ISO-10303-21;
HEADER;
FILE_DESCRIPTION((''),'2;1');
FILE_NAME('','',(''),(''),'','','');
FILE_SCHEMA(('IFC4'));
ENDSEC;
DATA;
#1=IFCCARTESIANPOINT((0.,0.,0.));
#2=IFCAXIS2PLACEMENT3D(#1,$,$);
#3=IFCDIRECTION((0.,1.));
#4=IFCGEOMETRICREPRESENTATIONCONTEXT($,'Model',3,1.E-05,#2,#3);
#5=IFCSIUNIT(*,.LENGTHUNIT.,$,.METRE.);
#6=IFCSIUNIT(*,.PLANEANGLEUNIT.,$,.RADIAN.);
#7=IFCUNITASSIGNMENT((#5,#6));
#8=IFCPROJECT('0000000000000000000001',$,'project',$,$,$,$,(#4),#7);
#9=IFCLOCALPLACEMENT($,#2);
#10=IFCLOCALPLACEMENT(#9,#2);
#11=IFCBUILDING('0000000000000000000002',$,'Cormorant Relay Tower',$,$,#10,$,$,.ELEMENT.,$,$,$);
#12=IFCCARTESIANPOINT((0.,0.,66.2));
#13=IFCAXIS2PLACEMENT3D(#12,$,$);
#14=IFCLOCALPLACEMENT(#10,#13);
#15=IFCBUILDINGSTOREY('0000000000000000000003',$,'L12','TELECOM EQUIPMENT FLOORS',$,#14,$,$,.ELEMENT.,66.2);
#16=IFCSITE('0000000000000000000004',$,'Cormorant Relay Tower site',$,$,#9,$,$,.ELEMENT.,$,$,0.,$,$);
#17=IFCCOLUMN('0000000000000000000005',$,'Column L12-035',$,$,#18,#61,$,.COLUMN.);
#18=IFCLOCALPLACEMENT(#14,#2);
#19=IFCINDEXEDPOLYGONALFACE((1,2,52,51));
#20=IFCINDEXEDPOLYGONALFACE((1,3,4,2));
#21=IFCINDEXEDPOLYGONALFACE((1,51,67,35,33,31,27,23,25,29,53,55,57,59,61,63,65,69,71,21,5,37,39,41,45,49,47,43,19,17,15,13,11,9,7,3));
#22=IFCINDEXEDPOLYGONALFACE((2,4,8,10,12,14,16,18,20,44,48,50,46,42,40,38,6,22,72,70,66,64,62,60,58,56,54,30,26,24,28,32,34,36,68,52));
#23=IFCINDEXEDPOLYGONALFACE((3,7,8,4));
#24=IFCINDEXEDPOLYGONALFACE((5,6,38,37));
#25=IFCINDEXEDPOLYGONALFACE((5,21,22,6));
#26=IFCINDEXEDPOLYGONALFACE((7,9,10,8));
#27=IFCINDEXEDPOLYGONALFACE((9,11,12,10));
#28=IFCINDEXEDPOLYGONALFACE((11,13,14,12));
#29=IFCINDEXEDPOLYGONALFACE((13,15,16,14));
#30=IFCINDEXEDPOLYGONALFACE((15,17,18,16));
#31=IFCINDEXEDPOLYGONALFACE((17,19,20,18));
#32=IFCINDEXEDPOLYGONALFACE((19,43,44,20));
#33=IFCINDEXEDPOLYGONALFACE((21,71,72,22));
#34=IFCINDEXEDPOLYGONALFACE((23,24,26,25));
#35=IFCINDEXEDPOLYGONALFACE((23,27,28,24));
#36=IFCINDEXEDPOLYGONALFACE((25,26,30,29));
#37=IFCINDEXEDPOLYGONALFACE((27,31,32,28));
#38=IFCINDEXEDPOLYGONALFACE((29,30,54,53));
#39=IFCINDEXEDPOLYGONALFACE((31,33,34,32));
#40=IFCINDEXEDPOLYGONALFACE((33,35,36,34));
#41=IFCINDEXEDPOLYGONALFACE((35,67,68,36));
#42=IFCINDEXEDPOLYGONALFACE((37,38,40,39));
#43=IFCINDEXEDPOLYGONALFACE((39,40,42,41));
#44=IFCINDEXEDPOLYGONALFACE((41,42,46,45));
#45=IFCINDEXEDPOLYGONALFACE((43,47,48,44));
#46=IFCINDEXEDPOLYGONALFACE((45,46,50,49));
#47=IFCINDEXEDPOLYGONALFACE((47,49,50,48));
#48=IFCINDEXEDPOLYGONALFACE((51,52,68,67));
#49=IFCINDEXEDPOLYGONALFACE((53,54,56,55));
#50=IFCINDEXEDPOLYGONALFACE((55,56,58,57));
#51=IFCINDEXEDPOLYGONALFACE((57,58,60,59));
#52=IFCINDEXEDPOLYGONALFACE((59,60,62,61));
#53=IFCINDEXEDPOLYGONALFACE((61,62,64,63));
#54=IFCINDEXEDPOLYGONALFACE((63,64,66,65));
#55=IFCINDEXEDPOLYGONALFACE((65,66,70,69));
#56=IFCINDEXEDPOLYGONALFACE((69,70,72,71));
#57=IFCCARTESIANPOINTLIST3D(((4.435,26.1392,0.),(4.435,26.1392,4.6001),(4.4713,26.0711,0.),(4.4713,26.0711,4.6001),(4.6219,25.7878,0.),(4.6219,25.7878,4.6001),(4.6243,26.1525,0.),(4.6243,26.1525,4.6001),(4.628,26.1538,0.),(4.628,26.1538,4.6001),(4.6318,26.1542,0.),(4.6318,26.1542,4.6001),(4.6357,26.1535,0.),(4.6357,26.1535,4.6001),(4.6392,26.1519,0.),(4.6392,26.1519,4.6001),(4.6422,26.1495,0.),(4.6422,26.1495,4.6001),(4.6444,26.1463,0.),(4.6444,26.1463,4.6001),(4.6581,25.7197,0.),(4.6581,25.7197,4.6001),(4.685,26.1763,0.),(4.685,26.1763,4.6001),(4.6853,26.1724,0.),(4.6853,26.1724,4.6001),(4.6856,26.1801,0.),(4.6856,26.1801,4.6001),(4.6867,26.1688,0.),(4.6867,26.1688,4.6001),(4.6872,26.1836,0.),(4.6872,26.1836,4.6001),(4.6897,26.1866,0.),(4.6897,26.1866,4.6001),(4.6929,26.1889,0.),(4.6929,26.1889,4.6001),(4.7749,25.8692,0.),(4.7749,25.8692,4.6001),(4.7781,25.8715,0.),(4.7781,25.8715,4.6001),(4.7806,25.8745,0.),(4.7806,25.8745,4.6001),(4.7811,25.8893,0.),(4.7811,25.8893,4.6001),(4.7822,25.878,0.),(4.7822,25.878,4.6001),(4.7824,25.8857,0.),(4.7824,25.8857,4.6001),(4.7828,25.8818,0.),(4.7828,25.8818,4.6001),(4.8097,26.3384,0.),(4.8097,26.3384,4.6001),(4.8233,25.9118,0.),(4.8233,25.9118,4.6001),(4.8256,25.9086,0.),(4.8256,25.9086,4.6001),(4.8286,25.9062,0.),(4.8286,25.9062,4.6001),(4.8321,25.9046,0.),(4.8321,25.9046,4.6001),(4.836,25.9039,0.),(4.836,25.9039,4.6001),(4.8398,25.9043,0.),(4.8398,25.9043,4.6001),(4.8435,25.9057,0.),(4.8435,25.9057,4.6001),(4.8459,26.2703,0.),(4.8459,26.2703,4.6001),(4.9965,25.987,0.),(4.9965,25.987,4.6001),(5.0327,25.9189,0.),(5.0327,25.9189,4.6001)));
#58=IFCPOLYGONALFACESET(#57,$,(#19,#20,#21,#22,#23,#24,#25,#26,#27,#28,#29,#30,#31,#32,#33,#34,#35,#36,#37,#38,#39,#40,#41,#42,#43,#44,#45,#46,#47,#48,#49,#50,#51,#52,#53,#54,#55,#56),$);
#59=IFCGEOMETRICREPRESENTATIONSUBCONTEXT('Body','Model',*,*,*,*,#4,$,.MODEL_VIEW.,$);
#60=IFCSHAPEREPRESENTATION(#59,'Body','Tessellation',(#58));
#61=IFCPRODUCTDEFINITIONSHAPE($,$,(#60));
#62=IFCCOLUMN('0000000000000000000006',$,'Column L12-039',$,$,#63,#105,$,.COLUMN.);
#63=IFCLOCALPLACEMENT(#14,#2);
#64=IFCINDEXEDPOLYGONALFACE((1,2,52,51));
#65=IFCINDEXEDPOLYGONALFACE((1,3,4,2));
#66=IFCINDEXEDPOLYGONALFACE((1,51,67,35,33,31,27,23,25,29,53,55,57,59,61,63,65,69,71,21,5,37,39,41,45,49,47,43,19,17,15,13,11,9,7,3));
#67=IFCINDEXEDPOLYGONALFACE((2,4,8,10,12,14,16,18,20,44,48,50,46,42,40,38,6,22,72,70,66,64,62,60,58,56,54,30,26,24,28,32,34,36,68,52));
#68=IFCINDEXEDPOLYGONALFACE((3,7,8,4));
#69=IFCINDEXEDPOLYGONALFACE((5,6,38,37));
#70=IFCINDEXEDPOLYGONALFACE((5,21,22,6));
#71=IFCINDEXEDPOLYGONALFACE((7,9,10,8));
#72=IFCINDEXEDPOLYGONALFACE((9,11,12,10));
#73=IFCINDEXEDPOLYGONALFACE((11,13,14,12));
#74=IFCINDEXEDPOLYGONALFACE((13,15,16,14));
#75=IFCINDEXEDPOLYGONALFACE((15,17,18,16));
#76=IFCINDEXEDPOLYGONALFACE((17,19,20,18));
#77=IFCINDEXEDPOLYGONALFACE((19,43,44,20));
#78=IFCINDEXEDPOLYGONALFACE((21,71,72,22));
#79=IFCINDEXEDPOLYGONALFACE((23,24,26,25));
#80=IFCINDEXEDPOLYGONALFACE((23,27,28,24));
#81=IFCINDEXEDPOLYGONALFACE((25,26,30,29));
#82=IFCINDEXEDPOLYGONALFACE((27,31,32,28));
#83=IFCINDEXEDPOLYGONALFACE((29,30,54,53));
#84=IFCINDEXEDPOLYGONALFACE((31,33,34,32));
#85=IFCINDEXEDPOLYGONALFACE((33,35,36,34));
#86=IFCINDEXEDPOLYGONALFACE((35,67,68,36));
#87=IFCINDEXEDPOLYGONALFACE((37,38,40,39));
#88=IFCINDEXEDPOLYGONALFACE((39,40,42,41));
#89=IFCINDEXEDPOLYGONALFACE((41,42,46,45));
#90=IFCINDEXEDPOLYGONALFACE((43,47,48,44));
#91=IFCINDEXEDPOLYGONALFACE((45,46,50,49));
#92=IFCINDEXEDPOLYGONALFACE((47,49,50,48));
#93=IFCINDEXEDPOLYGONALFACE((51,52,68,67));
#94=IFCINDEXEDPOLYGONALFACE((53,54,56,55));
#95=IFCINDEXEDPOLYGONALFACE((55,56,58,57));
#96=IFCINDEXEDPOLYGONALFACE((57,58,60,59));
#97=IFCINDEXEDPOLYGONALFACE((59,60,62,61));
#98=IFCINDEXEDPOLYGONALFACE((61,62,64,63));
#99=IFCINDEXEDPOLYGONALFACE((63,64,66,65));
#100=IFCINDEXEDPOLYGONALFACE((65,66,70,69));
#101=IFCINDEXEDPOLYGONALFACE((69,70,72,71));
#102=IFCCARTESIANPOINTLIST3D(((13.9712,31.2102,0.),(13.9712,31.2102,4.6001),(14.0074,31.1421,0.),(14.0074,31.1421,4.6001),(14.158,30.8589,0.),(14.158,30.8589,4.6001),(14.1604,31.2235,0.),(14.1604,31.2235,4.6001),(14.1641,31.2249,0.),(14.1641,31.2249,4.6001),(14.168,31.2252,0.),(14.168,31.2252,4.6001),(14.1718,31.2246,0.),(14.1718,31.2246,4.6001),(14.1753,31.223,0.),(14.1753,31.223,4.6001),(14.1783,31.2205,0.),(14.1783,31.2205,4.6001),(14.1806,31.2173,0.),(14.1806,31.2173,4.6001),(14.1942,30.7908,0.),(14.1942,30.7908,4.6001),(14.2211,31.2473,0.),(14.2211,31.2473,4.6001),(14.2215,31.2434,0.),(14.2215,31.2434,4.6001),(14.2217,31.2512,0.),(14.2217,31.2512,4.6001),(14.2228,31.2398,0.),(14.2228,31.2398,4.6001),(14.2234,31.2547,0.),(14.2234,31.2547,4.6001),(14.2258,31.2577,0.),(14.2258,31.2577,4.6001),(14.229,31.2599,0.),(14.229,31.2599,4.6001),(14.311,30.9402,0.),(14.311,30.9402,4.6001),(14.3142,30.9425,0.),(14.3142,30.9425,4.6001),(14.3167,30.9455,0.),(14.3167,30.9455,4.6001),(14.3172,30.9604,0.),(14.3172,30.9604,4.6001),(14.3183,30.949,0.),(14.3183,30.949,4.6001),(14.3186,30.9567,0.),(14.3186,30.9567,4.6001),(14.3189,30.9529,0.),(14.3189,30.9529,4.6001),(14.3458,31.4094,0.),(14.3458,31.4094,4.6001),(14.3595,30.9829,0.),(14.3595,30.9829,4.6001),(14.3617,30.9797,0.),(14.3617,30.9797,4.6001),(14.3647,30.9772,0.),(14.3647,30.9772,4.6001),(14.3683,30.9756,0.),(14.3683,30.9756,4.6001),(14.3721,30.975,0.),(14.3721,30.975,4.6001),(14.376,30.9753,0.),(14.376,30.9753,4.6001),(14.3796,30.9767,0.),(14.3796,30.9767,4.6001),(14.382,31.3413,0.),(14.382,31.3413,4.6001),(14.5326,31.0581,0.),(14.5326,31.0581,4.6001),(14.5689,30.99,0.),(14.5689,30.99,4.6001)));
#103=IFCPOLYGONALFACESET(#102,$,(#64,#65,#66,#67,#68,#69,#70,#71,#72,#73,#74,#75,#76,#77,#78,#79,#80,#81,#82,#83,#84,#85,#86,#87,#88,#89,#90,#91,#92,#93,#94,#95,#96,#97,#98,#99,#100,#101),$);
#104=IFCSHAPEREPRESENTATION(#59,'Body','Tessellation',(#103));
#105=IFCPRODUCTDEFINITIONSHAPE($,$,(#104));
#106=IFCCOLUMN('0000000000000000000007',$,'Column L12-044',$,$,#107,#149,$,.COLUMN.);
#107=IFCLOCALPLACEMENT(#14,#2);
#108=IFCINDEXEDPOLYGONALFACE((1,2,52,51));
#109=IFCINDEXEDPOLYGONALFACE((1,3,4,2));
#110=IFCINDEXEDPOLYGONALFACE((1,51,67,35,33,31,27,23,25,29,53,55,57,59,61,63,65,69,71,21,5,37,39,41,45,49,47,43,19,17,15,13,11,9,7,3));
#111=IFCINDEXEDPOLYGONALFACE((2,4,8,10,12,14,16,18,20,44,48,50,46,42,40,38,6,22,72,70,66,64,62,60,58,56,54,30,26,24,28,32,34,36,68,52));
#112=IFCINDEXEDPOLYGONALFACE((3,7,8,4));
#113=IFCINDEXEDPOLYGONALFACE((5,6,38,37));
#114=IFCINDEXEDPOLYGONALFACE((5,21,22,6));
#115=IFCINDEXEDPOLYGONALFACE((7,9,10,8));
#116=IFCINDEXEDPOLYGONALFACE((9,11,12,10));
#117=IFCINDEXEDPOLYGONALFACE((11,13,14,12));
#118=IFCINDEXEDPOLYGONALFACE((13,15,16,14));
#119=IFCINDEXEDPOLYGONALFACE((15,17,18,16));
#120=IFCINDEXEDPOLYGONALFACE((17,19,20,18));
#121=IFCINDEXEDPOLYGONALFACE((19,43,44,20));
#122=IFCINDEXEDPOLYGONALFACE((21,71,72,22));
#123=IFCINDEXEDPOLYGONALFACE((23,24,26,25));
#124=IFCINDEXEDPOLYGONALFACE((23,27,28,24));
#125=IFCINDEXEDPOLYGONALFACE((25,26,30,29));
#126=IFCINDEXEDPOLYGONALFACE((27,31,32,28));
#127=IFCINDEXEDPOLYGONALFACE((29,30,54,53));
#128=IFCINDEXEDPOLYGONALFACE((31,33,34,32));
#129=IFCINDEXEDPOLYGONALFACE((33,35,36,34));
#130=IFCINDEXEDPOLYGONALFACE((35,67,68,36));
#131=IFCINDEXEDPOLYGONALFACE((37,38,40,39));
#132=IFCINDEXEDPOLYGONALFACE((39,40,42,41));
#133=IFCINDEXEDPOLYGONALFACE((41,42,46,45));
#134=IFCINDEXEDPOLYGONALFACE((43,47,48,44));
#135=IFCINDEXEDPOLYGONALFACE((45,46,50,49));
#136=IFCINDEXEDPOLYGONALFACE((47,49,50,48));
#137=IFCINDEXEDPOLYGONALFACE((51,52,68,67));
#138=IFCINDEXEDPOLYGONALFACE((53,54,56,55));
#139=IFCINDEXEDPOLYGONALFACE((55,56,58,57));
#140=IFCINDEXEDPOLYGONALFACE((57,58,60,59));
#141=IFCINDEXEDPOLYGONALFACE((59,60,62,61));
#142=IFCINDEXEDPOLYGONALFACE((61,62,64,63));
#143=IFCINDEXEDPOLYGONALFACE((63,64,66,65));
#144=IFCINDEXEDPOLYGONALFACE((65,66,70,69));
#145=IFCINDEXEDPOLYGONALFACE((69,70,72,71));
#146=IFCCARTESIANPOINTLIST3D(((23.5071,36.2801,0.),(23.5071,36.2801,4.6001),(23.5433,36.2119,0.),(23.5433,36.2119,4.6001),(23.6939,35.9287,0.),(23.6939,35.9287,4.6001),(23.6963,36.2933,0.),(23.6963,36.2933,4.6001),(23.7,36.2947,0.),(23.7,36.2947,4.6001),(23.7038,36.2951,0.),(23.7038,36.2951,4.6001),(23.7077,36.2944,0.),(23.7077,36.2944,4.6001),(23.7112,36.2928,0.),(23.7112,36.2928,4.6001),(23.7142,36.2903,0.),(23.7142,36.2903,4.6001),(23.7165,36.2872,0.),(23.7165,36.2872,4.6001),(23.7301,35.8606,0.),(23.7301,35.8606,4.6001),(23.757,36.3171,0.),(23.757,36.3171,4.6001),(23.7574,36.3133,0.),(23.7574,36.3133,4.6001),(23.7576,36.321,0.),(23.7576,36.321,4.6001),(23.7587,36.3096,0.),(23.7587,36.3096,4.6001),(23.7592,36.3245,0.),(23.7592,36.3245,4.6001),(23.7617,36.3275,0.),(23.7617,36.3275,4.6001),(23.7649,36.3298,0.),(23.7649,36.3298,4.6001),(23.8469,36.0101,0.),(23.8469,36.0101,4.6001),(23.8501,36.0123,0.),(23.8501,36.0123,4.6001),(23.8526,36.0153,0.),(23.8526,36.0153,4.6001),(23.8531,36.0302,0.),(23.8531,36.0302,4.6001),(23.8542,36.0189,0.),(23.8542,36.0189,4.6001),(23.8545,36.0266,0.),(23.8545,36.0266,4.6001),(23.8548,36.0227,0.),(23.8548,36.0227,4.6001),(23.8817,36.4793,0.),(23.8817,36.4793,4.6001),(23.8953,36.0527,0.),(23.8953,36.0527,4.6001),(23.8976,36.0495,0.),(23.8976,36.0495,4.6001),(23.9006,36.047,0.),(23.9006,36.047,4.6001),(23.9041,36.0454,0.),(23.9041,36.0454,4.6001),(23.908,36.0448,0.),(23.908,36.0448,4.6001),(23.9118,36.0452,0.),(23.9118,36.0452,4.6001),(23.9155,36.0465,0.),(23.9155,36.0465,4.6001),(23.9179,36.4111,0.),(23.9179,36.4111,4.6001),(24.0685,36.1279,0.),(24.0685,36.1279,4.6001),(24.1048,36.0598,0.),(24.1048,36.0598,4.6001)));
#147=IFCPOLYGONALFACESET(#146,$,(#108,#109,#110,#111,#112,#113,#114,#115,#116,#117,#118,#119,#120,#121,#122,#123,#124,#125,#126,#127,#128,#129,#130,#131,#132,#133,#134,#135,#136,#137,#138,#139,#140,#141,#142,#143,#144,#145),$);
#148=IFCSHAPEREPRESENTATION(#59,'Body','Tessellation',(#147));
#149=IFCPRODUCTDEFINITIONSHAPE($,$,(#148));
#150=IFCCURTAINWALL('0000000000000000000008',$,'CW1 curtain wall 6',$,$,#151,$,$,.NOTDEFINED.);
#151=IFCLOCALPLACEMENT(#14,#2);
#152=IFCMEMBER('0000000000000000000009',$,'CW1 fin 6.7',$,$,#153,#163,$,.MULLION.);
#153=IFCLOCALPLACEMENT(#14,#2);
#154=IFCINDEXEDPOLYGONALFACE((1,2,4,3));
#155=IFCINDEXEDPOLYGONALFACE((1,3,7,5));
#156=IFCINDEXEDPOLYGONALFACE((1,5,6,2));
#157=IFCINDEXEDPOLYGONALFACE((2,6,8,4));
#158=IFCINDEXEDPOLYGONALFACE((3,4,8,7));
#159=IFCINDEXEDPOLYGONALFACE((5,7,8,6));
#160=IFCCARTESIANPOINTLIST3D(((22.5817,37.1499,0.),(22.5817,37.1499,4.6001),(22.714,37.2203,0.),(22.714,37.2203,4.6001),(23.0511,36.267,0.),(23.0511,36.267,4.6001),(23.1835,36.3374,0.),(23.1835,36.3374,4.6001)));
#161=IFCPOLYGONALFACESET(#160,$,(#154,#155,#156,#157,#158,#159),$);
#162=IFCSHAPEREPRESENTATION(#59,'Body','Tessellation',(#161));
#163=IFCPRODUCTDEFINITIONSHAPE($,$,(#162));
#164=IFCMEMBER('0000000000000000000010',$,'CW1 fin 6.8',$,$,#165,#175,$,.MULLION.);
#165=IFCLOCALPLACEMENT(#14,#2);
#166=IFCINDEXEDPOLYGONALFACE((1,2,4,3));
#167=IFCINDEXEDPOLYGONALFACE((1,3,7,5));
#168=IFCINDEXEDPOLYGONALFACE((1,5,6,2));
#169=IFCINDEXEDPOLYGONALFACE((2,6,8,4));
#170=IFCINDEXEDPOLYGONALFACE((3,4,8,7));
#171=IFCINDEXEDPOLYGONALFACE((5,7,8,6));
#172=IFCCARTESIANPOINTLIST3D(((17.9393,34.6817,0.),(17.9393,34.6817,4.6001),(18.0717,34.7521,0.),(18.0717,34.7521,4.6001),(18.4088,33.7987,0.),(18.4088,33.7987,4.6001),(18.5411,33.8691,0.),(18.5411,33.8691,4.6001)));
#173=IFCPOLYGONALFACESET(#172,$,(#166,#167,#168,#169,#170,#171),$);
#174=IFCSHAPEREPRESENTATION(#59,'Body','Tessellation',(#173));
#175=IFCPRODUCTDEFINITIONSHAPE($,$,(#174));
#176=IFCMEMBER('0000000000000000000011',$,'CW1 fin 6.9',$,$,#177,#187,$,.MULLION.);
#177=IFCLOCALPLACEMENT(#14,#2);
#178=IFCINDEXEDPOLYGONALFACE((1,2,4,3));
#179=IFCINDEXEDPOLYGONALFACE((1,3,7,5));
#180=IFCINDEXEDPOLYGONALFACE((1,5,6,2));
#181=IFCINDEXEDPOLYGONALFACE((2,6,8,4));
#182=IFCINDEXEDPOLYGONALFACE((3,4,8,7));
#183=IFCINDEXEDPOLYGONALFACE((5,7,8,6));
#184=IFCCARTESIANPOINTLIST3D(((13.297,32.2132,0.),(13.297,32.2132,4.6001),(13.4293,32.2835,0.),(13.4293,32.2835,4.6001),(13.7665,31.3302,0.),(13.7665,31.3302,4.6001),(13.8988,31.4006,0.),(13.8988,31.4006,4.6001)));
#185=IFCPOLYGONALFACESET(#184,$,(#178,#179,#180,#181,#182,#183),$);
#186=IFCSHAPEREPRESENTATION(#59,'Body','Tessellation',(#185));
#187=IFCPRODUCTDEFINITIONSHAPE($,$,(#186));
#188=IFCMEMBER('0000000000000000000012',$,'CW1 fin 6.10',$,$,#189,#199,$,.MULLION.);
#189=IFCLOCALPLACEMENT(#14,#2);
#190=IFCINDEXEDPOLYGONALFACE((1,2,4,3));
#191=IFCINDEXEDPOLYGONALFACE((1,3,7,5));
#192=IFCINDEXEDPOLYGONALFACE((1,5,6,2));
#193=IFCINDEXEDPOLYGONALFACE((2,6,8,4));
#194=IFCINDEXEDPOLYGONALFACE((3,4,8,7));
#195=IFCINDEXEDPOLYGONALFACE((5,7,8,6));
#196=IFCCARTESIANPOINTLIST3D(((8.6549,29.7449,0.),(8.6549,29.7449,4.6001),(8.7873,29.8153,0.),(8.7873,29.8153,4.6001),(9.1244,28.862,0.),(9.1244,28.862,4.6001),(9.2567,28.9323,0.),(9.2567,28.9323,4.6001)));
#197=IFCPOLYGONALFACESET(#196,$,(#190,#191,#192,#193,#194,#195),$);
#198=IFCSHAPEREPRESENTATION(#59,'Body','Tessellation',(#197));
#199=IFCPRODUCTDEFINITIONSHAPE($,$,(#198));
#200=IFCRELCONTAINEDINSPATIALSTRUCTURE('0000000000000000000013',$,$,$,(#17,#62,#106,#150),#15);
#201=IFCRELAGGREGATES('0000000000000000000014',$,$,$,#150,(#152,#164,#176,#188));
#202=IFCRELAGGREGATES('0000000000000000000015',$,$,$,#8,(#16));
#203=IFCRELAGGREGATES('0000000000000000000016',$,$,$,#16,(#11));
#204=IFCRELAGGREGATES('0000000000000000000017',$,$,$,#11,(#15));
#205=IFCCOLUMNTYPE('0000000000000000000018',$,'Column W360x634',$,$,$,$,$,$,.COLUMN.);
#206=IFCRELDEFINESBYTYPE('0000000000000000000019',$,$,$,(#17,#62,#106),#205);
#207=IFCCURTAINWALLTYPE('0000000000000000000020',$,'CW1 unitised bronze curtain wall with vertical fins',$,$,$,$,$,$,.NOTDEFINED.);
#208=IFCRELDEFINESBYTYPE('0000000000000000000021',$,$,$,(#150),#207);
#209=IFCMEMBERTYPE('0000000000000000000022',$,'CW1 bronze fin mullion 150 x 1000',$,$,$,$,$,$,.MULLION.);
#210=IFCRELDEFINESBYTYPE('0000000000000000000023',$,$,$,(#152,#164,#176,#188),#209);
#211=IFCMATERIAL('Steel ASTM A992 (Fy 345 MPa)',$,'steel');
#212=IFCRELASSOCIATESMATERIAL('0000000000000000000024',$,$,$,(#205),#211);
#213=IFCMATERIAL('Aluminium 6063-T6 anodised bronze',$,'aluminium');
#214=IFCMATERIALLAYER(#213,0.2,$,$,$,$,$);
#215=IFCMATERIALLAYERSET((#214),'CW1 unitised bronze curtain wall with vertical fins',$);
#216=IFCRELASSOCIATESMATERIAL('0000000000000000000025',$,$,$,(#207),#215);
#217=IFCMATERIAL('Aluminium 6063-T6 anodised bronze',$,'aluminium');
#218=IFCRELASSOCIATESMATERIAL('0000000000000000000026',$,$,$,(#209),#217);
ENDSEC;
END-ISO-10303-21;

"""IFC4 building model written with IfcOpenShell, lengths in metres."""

from ifc_helpers import new_model, si_unit, direction, frame, origin, origin_2d, place, context, subcontext, project, spatial, rectangle, i_section, extrude, material, layer, layer_set, material_profile, profile_set, type_object, element, aggregate, save


model = new_model("IFC4")

# Units and contexts
model_context = context("Model", 3, precision=1e-05, world=origin(), true_north=direction((0.0, 1.0)))
body_context = subcontext(model_context, "Body", "Model", "MODEL_VIEW")
ifc_project = project(units=[si_unit("LENGTHUNIT", "METRE"), si_unit("PLANEANGLEUNIT", "RADIAN")], contexts=[model_context])

# Site, building, storey
site_placement = place(None, origin())
site = spatial("IfcSite", under=ifc_project, at=site_placement, Name="Cormorant Relay Tower site", CompositionType="ELEMENT", RefElevation=0.0)
building_placement = place(site_placement, origin())
building = spatial("IfcBuilding", under=site, at=building_placement, Name="Cormorant Relay Tower", CompositionType="ELEMENT")
storey_placement = place(building_placement, frame((0.0, 0.0, 66.2)))
storey = spatial("IfcBuildingStorey", under=building, at=storey_placement, Name="L12", Description="TELECOM EQUIPMENT FLOORS", CompositionType="ELEMENT", Elevation=66.2)

# Columns
ifc_material_1 = material(Name="Steel ASTM A992 (Fy 345 MPa)", Category="steel")
ifc_material_profile_1 = material_profile(ifc_material_1, i_section(OverallWidth=0.4243, OverallDepth=0.4751, WebThickness=0.0479, FlangeThickness=0.0771, FilletRadius=0.0149, at=origin_2d()), Name="W360x634")
ifc_profile_set_1 = profile_set([ifc_material_profile_1], Name="Steel ASTM A992 (Fy 345 MPa)")
column_type = type_object("IfcColumnType", Name="Column W360x634", PredefinedType="COLUMN", material=ifc_profile_set_1)
for number, where, z_axis, x_axis, name in (
    (1, (4.7339, 26.0291, 0.0), (0.0, 0.0, 1.0), (-0.882948, -0.469472, 0.0), "Column L12-035"),
    (2, (14.27, 31.1001, 0.0), (0.0, 0.0, 1.0), (-0.882948, -0.469472, 0.0), "Column L12-039"),
    (3, (23.8059, 36.1699, 0.0), (0.0, 0.0, 1.0), (-0.882948, -0.469472, 0.0), "Column L12-044"),
):
    element("IfcColumn", number, at=place(storey_placement, frame(where, z_axis=z_axis, x_axis=x_axis)), inside=storey, type_object=column_type, Name=name, PredefinedType="COLUMN", context=body_context, shape_type="SweptSolid", body=[
        extrude(i_section(OverallWidth=0.4243, OverallDepth=0.4751, WebThickness=0.0479, FlangeThickness=0.0771, FilletRadius=0.0149, at=origin_2d()), origin(), (0.0, 0.0, 1.0), 4.6001),
    ])

# Curtain wall, members
ifc_material_2 = material(Name="Aluminium 6063-T6 anodised bronze", Category="aluminium")
ifc_layer_1 = layer(ifc_material_2, 0.2)
ifc_layer_set_1 = layer_set([ifc_layer_1], Name="CW1 unitised bronze curtain wall with vertical fins")
curtain_wall_type = type_object("IfcCurtainWallType", Name="CW1 unitised bronze curtain wall with vertical fins", PredefinedType="NOTDEFINED", material=ifc_layer_set_1)
curtain_wall_1_placement = place(storey_placement, origin())
curtain_wall_1 = element("IfcCurtainWall", 4, at=curtain_wall_1_placement, inside=storey, type_object=curtain_wall_type, Name="CW1 curtain wall 6", PredefinedType="NOTDEFINED")
ifc_material_3 = material(Name="Aluminium 6063-T6 anodised bronze", Category="aluminium")
ifc_material_profile_2 = material_profile(ifc_material_3, rectangle(XDim=0.1499, YDim=1.0, at=origin_2d()), Name="AL 150x1000")
ifc_profile_set_2 = profile_set([ifc_material_profile_2], Name="Aluminium 6063-T6 anodised bronze")
member_type_1 = type_object("IfcMemberType", Name="CW1 bronze fin mullion 150 x 1000", PredefinedType="MULLION", material=ifc_profile_set_2)
member_1_placement = place(storey_placement, frame((22.8826, 36.7437, 0.0), z_axis=(0.0, 0.0, 1.0), x_axis=(-0.882948, -0.469472, 0.0)))
member_1 = element("IfcMember", 5, at=member_1_placement, type_object=member_type_1, Name="CW1 fin 6.7", PredefinedType="MULLION", context=body_context, shape_type="SweptSolid", body=[
    extrude(rectangle(XDim=0.1499, YDim=1.0, at=origin_2d()), origin(), (0.0, 0.0, 1.0), 4.6001),
])
member_2_placement = place(storey_placement, frame((18.2402, 34.2754, 0.0), z_axis=(0.0, 0.0, 1.0), x_axis=(-0.882948, -0.469472, 0.0)))
member_2 = element("IfcMember", 6, at=member_2_placement, type_object=member_type_1, Name="CW1 fin 6.8", PredefinedType="MULLION", context=body_context, shape_type="SweptSolid", body=[
    extrude(rectangle(XDim=0.1499, YDim=1.0, at=origin_2d()), origin(), (0.0, 0.0, 1.0), 4.6001),
])
member_3_placement = place(storey_placement, frame((13.5979, 31.8069, 0.0), z_axis=(0.0, 0.0, 1.0), x_axis=(-0.882948, -0.469472, 0.0)))
member_3 = element("IfcMember", 7, at=member_3_placement, type_object=member_type_1, Name="CW1 fin 6.9", PredefinedType="MULLION", context=body_context, shape_type="SweptSolid", body=[
    extrude(rectangle(XDim=0.1499, YDim=1.0, at=origin_2d()), origin(), (0.0, 0.0, 1.0), 4.6001),
])
member_4_placement = place(storey_placement, frame((8.9558, 29.3386, 0.0), z_axis=(0.0, 0.0, 1.0), x_axis=(-0.882948, -0.469472, 0.0)))
member_4 = element("IfcMember", 8, at=member_4_placement, type_object=member_type_1, Name="CW1 fin 6.10", PredefinedType="MULLION", context=body_context, shape_type="SweptSolid", body=[
    extrude(rectangle(XDim=0.1499, YDim=1.0, at=origin_2d()), origin(), (0.0, 0.0, 1.0), 4.6001),
])

aggregate(curtain_wall_1, [member_1, member_2, member_3, member_4])

save(model, "model.ifc")
